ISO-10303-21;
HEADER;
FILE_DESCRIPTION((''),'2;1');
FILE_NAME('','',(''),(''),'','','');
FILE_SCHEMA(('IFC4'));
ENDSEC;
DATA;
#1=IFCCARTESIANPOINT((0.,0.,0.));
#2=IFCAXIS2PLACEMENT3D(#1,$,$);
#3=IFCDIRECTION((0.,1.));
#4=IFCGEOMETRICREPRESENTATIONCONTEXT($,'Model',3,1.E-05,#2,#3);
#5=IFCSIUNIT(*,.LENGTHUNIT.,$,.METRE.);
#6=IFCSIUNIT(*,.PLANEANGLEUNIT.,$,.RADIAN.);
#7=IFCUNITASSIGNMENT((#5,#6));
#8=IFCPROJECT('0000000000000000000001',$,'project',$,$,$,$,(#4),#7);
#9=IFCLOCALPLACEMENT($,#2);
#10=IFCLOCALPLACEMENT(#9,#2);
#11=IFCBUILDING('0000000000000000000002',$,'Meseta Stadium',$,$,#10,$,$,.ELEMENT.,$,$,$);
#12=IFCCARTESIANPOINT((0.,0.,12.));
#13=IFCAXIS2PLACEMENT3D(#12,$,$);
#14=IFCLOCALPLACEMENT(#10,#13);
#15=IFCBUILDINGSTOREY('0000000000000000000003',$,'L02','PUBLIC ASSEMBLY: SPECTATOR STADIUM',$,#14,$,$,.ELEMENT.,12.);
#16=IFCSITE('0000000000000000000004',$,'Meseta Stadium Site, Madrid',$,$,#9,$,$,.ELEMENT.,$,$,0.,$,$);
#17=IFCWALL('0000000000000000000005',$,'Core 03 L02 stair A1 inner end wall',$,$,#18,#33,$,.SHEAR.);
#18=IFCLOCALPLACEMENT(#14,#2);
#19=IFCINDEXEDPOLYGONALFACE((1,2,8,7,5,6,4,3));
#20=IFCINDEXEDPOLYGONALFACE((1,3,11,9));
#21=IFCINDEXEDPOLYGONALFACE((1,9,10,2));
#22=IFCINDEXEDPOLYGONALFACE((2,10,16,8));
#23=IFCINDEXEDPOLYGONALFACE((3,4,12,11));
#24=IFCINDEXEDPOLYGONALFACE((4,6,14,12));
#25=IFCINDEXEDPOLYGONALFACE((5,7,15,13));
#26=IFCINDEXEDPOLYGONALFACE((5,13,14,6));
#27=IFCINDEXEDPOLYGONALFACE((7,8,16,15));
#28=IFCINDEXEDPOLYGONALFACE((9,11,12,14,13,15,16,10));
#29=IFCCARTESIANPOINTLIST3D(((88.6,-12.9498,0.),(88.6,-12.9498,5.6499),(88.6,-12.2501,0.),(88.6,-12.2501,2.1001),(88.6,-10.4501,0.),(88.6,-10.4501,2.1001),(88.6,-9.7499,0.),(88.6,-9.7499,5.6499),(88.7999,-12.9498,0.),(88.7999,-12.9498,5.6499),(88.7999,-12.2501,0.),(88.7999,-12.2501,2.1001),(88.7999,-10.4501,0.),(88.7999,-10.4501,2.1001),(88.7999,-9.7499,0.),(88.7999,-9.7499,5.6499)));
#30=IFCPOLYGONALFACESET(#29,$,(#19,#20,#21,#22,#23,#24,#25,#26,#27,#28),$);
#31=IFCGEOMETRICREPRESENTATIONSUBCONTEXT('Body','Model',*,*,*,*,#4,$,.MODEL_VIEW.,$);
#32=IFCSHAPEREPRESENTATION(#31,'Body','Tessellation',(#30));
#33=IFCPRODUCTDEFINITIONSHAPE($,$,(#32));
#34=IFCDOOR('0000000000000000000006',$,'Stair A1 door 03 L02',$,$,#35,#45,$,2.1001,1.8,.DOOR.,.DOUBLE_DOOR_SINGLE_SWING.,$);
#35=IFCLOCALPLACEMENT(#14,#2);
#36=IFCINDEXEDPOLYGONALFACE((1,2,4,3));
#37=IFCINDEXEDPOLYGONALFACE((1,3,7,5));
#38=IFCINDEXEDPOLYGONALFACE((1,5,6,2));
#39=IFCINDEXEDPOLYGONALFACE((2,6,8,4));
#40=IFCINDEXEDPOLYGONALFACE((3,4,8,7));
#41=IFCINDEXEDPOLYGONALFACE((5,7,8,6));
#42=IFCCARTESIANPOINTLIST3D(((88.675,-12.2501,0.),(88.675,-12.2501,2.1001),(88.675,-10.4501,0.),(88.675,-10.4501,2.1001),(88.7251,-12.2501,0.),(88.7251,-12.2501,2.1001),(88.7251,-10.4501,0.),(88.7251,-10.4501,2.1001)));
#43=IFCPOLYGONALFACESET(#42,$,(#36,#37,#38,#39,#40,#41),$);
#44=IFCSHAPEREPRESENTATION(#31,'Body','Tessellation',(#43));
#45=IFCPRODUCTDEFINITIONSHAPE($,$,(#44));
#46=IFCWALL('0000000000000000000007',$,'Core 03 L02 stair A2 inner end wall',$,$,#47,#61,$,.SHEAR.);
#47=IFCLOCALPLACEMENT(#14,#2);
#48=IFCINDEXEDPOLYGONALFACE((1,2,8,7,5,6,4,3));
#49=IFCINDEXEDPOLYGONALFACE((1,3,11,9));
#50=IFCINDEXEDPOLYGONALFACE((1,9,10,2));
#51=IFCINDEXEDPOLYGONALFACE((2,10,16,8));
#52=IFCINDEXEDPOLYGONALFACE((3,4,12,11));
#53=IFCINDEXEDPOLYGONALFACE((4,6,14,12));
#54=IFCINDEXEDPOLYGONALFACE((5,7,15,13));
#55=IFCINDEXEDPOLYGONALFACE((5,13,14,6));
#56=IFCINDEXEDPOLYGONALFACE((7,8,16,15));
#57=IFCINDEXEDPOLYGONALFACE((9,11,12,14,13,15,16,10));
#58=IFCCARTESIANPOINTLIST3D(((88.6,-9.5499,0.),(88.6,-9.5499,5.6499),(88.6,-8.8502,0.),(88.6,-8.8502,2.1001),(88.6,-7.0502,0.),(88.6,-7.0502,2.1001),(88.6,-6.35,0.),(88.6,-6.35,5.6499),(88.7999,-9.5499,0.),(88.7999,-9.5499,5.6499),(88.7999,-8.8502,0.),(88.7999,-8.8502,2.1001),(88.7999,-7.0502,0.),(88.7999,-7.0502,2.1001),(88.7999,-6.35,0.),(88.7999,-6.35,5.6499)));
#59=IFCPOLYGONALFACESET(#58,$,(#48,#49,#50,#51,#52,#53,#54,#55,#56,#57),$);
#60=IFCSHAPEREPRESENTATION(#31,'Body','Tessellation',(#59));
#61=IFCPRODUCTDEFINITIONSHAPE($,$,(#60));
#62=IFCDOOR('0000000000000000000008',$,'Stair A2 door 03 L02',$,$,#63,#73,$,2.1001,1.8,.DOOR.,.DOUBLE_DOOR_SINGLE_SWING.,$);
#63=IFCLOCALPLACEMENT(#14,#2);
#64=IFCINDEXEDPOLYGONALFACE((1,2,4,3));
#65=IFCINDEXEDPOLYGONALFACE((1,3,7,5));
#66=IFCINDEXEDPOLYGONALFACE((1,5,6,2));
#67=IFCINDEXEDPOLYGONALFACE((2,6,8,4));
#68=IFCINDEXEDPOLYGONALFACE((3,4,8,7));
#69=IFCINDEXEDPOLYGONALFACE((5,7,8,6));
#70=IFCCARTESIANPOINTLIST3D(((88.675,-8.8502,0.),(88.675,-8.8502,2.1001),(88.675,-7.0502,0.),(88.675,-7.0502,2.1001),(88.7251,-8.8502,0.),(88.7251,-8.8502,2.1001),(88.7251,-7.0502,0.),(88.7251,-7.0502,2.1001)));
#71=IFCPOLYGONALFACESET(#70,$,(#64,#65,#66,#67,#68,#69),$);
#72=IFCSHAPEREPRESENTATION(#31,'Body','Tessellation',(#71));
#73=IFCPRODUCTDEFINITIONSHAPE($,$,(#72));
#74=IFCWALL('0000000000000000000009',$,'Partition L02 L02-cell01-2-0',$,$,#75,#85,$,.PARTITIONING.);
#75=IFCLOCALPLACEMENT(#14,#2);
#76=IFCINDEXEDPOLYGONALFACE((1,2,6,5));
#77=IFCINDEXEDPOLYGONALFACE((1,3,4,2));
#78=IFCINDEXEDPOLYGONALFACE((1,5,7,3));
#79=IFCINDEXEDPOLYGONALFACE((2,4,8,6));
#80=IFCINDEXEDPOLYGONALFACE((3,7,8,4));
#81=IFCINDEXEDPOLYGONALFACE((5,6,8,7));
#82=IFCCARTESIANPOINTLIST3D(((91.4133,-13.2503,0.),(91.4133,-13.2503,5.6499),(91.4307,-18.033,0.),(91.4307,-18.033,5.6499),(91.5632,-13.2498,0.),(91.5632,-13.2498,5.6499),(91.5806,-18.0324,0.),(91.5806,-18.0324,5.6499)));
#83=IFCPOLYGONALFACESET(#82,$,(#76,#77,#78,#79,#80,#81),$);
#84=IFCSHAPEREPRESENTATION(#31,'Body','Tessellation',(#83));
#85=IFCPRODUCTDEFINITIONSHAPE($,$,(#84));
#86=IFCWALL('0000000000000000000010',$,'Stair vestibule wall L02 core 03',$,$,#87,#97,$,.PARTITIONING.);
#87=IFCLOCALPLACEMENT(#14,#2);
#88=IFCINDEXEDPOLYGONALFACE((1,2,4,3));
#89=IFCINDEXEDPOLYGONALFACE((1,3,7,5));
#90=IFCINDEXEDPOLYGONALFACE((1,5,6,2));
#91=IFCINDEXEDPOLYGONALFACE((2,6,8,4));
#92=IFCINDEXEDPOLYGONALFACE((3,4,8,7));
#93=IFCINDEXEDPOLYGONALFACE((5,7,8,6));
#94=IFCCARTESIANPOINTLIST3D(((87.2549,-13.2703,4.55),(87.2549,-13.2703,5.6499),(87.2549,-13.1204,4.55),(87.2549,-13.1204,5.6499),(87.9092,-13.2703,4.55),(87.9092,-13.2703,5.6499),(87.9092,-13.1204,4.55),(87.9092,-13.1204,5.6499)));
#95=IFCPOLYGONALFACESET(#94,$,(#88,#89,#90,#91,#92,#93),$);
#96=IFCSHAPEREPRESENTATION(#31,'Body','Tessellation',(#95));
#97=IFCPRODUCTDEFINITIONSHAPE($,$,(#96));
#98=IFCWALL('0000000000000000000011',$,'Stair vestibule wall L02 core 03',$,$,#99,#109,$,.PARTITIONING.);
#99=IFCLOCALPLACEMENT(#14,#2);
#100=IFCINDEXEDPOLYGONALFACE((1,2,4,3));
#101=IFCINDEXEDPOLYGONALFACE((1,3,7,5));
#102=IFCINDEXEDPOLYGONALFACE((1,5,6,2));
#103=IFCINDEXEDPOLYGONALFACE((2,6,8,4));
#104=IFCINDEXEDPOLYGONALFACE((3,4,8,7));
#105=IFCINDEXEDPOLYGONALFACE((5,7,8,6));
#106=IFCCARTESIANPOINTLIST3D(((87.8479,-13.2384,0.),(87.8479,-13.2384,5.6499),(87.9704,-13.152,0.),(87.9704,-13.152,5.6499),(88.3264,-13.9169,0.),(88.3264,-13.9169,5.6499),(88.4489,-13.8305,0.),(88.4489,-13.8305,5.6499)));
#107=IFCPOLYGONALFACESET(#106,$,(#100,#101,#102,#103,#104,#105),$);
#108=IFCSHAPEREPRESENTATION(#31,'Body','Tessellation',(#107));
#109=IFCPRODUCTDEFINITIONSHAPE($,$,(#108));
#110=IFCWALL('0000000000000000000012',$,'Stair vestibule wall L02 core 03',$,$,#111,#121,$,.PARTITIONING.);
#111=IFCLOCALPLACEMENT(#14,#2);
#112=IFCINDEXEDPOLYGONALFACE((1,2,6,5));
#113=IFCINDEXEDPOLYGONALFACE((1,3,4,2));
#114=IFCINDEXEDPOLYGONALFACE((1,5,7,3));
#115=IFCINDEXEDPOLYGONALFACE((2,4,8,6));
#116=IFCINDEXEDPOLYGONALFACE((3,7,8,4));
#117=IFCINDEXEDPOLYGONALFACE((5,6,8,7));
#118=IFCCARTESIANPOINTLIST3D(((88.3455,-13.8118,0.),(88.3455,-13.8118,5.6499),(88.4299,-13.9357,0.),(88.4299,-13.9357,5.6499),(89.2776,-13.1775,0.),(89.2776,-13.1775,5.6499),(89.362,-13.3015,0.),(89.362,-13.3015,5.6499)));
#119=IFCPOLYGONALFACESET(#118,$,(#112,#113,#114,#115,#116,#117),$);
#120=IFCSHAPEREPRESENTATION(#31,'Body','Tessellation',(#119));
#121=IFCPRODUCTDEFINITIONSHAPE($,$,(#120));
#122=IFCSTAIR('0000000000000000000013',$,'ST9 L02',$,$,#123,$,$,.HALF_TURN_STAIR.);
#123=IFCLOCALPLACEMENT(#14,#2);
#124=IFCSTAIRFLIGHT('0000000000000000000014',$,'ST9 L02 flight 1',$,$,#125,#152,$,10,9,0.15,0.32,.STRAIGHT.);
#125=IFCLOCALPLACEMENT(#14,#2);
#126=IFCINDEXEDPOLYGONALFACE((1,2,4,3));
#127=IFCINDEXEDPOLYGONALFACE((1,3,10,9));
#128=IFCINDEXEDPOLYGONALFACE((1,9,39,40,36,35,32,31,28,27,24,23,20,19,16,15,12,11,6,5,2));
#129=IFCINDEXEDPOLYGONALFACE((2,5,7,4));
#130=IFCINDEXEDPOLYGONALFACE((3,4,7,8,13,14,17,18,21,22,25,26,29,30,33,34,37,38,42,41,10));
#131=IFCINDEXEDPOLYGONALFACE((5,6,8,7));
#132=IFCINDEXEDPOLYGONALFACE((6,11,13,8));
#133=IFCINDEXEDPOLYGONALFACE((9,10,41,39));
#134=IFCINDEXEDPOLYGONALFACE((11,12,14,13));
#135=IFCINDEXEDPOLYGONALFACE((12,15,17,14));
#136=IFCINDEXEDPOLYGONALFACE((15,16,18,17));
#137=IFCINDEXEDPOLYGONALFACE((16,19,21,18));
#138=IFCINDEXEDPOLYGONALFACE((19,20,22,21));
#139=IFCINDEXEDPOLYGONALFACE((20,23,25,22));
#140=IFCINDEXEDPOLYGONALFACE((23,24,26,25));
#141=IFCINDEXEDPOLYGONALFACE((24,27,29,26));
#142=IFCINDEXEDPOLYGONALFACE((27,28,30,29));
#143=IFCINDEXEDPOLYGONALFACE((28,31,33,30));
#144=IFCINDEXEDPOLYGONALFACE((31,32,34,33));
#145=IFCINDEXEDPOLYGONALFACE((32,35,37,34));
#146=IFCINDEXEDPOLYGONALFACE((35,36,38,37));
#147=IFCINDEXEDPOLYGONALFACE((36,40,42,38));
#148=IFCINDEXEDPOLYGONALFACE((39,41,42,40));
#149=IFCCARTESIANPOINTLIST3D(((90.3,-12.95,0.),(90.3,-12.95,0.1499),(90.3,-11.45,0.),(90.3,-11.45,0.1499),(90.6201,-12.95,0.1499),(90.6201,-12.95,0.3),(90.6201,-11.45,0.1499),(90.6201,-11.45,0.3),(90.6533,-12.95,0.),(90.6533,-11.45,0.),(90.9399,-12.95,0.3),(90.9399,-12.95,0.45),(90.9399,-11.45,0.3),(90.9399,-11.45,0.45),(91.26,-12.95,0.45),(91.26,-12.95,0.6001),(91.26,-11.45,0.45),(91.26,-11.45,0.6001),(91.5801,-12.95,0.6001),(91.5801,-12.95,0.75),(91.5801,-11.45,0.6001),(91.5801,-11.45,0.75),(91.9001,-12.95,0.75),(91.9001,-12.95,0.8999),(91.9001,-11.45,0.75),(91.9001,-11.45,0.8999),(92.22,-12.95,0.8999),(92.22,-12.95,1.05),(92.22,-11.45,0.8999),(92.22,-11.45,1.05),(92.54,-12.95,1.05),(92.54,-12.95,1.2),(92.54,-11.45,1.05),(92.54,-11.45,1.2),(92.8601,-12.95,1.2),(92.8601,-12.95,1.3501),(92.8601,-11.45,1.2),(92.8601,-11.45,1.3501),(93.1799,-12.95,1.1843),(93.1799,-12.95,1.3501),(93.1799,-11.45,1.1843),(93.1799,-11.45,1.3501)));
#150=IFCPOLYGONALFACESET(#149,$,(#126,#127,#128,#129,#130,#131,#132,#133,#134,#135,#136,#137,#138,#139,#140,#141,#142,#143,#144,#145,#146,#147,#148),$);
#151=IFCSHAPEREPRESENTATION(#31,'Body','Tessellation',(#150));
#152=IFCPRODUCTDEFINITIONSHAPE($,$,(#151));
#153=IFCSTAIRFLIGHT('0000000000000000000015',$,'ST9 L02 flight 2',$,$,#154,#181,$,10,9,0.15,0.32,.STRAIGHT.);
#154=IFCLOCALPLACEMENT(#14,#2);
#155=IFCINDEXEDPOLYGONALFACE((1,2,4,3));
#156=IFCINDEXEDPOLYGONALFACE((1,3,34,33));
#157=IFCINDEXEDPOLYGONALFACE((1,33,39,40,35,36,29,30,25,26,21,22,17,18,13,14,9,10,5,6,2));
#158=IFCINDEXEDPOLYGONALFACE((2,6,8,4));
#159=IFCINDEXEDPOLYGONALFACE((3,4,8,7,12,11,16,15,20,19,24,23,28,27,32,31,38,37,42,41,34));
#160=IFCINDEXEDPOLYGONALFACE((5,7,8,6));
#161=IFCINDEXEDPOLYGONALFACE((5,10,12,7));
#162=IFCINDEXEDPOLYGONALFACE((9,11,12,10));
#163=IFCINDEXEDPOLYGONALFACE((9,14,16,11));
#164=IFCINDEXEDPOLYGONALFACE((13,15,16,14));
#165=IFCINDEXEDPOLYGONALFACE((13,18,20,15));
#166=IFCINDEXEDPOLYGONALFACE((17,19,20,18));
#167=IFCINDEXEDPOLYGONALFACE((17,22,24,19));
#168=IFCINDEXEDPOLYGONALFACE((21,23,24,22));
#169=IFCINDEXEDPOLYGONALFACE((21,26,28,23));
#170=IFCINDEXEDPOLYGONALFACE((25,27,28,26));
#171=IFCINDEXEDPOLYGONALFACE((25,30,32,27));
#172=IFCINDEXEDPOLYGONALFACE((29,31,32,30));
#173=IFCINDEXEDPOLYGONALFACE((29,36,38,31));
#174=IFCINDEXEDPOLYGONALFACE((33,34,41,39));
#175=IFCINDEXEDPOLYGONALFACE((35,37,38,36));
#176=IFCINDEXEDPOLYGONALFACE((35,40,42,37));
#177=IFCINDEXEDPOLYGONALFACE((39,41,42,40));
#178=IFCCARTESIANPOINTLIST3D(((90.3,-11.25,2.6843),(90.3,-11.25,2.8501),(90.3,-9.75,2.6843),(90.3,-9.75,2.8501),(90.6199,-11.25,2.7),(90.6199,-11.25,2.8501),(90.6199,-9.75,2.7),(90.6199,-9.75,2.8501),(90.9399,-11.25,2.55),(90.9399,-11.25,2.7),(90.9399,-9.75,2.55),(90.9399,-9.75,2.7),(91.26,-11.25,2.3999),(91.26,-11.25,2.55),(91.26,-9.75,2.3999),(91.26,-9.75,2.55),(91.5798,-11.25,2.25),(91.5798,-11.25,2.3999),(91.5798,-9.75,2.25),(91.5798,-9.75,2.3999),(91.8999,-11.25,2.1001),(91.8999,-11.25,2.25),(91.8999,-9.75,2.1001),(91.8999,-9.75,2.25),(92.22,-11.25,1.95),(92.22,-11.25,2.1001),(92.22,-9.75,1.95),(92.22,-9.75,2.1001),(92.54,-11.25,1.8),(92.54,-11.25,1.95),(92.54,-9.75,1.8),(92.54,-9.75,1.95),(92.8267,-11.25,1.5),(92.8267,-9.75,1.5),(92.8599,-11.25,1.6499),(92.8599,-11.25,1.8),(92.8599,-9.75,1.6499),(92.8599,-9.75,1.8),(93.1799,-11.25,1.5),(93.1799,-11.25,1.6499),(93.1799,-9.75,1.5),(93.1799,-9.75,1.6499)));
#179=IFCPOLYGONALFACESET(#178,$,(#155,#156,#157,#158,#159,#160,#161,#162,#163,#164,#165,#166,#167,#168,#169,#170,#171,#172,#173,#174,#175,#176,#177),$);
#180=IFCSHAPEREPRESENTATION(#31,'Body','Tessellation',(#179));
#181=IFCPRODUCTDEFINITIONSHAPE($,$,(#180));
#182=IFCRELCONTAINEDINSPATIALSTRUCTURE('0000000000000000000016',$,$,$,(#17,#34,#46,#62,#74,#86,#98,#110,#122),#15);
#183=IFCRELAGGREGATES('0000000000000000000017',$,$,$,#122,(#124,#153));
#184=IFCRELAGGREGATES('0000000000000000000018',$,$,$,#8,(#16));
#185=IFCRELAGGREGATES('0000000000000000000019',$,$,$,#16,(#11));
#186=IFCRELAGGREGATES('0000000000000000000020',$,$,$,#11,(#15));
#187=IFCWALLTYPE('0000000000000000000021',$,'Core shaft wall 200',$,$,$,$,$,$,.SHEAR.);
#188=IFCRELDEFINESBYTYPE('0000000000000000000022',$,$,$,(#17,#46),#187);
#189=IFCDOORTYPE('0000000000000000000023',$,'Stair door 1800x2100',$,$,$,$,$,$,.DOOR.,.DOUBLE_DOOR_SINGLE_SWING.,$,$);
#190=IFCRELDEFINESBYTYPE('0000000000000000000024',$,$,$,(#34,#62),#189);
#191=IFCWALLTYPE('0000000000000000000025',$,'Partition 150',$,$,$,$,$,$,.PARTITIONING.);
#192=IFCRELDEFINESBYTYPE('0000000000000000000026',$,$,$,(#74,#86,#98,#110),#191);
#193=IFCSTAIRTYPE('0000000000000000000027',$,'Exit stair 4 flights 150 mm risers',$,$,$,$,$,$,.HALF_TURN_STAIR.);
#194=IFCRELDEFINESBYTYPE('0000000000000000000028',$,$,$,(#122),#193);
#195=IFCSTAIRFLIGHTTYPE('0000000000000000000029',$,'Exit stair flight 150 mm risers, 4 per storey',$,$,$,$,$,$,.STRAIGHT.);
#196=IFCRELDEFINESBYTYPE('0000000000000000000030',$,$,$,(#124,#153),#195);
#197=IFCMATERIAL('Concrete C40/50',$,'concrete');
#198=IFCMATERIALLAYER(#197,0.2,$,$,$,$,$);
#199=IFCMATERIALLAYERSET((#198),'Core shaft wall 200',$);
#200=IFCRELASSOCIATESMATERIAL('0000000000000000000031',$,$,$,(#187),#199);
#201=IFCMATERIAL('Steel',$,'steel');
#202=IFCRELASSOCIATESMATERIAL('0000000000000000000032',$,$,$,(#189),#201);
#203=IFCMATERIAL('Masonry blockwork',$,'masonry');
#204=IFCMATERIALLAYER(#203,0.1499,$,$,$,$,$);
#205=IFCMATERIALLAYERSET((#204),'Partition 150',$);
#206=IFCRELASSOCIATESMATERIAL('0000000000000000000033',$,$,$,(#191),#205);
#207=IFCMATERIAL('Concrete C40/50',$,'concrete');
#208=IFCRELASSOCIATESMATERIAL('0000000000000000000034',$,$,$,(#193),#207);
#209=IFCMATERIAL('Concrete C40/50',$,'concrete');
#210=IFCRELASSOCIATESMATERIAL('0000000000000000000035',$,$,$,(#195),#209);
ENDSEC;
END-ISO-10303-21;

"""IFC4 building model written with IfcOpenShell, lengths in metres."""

from ifc_helpers import new_model, si_unit, direction, frame, frame_2d, origin, place, context, subcontext, project, spatial, polyline, rectangle, outline, extrude, material, layer, layer_set, type_object, element, fill, aggregate, save


model = new_model("IFC4")

# Units and contexts
model_context = context("Model", 3, precision=1e-05, world=origin(), true_north=direction((0.0, 1.0)))
body_context = subcontext(model_context, "Body", "Model", "MODEL_VIEW")
ifc_project = project(units=[si_unit("LENGTHUNIT", "METRE"), si_unit("PLANEANGLEUNIT", "RADIAN")], contexts=[model_context])

# Site, building, storey
site_placement = place(None, origin())
site = spatial("IfcSite", under=ifc_project, at=site_placement, Name="Meseta Stadium Site, Madrid", CompositionType="ELEMENT", RefElevation=0.0)
building_placement = place(site_placement, origin())
building = spatial("IfcBuilding", under=site, at=building_placement, Name="Meseta Stadium", CompositionType="ELEMENT")
storey_placement = place(building_placement, frame((0.0, 0.0, 12.0)))
storey = spatial("IfcBuildingStorey", under=building, at=storey_placement, Name="L02", Description="PUBLIC ASSEMBLY: SPECTATOR STADIUM", CompositionType="ELEMENT", Elevation=12.0)

# Walls, openings, doors
ifc_material_1 = material(Name="Concrete C40/50", Category="concrete")
ifc_layer_1 = layer(ifc_material_1, 0.2)
ifc_layer_set_1 = layer_set([ifc_layer_1], Name="Core shaft wall 200")
wall_type_1 = type_object("IfcWallType", Name="Core shaft wall 200", PredefinedType="SHEAR", material=ifc_layer_set_1)
wall_1_placement = place(storey_placement, frame((88.7, -12.95, 0.0), z_axis=(0.0, 0.0, 1.0), x_axis=(0.0, 1.0, 0.0)))
wall_1 = element("IfcWall", 1, at=wall_1_placement, inside=storey, type_object=wall_type_1, Name="Core 03 L02 stair A1 inner end wall", PredefinedType="SHEAR", context=body_context, shape_type="SweptSolid", body=[
    extrude(rectangle(XDim=3.2, YDim=0.2, at=frame_2d((1.6001, 0.0))), origin(), (0.0, 0.0, 1.0), 5.6499),
])
opening_1_placement = place(wall_1_placement, frame((0.7, 0.0, 0.0)))
opening_1 = element("IfcOpeningElement", 2, at=opening_1_placement, cuts=wall_1, PredefinedType="OPENING", context=body_context, shape_type="SweptSolid", body=[
    extrude(rectangle(XDim=1.8, YDim=2.1001, at=frame_2d((0.8999, 1.05))), frame((0.0, 0.1099, 0.0), z_axis=(0.0, -1.0, 0.0), x_axis=(1.0, 0.0, 0.0)), (0.0, 0.0, 1.0), 0.22),
])
ifc_material_2 = material(Name="Steel", Category="steel")
door_type = type_object("IfcDoorType", Name="Stair door 1800x2100", OperationType="DOUBLE_DOOR_SINGLE_SWING", PredefinedType="DOOR", material=ifc_material_2)
door_1_placement = place(opening_1_placement, origin())
door_1 = element("IfcDoor", 3, at=door_1_placement, inside=storey, type_object=door_type, Name="Stair A1 door 03 L02", OperationType="DOUBLE_DOOR_SINGLE_SWING", OverallHeight=2.1001, OverallWidth=1.8, PredefinedType="DOOR", context=body_context, shape_type="SweptSolid", body=[
    extrude(rectangle(XDim=1.8, YDim=2.1001, at=frame_2d((0.8999, 1.05))), frame((0.0, 0.0249, 0.0), z_axis=(0.0, -1.0, 0.0), x_axis=(1.0, 0.0, 0.0)), (0.0, 0.0, 1.0), 0.05),
])
fill(opening_1, door_1)
wall_2_placement = place(storey_placement, frame((88.7, -9.55, 0.0), z_axis=(0.0, 0.0, 1.0), x_axis=(0.0, 1.0, 0.0)))
wall_2 = element("IfcWall", 4, at=wall_2_placement, inside=storey, type_object=wall_type_1, Name="Core 03 L02 stair A2 inner end wall", PredefinedType="SHEAR", context=body_context, shape_type="SweptSolid", body=[
    extrude(rectangle(XDim=3.2, YDim=0.2, at=frame_2d((1.6001, 0.0))), origin(), (0.0, 0.0, 1.0), 5.6499),
])
opening_2_placement = place(wall_2_placement, frame((0.7, 0.0, 0.0)))
opening_2 = element("IfcOpeningElement", 5, at=opening_2_placement, cuts=wall_2, PredefinedType="OPENING", context=body_context, shape_type="SweptSolid", body=[
    extrude(rectangle(XDim=1.8, YDim=2.1001, at=frame_2d((0.8999, 1.05))), frame((0.0, 0.1099, 0.0), z_axis=(0.0, -1.0, 0.0), x_axis=(1.0, 0.0, 0.0)), (0.0, 0.0, 1.0), 0.22),
])
door_2_placement = place(opening_2_placement, origin())
door_2 = element("IfcDoor", 6, at=door_2_placement, inside=storey, type_object=door_type, Name="Stair A2 door 03 L02", OperationType="DOUBLE_DOOR_SINGLE_SWING", OverallHeight=2.1001, OverallWidth=1.8, PredefinedType="DOOR", context=body_context, shape_type="SweptSolid", body=[
    extrude(rectangle(XDim=1.8, YDim=2.1001, at=frame_2d((0.8999, 1.05))), frame((0.0, 0.0249, 0.0), z_axis=(0.0, -1.0, 0.0), x_axis=(1.0, 0.0, 0.0)), (0.0, 0.0, 1.0), 0.05),
])
fill(opening_2, door_2)

# Walls
ifc_material_3 = material(Name="Masonry blockwork", Category="masonry")
ifc_layer_2 = layer(ifc_material_3, 0.1499)
ifc_layer_set_2 = layer_set([ifc_layer_2], Name="Partition 150")
wall_type_2 = type_object("IfcWallType", Name="Partition 150", PredefinedType="PARTITIONING", material=ifc_layer_set_2)
wall_3_placement = place(storey_placement, frame((91.5056, -18.0327, 0.0), z_axis=(0.0, 0.0, 1.0), x_axis=(-0.003624, 0.999993, 0.0)))
element("IfcWall", 7, at=wall_3_placement, inside=storey, type_object=wall_type_2, Name="Partition L02 L02-cell01-2-0", PredefinedType="PARTITIONING", context=body_context, shape_type="SweptSolid", body=[
    extrude(rectangle(XDim=4.7827, YDim=0.1499, at=frame_2d((2.3914, 0.0))), origin(), (0.0, 0.0, 1.0), 5.6499),
])
wall_4_placement = place(storey_placement, frame((87.2549, -13.1953, 4.55), z_axis=(0.0, 0.0, 1.0), x_axis=(1.0, 0.0, 0.0)))
element("IfcWall", 8, at=wall_4_placement, inside=storey, type_object=wall_type_2, Name="Stair vestibule wall L02 core 03", PredefinedType="PARTITIONING", context=body_context, shape_type="SweptSolid", body=[
    extrude(rectangle(XDim=0.6543, YDim=0.1499, at=frame_2d((0.3271, 0.0))), origin(), (0.0, 0.0, 1.0), 1.0999),
])
wall_5_placement = place(storey_placement, frame((87.9092, -13.1953, 0.0), z_axis=(0.0, 0.0, 1.0), x_axis=(0.57636, -0.817196, 0.0)))
element("IfcWall", 9, at=wall_5_placement, inside=storey, type_object=wall_type_2, Name="Stair vestibule wall L02 core 03", PredefinedType="PARTITIONING", context=body_context, shape_type="SweptSolid", body=[
    extrude(rectangle(XDim=0.8303, YDim=0.1499, at=frame_2d((0.415, 0.0))), origin(), (0.0, 0.0, 1.0), 5.6499),
])
wall_6_placement = place(storey_placement, frame((88.3877, -13.8738, 0.0), z_axis=(0.0, 0.0, 1.0), x_axis=(0.826749, 0.562571, 0.0)))
element("IfcWall", 10, at=wall_6_placement, inside=storey, type_object=wall_type_2, Name="Stair vestibule wall L02 core 03", PredefinedType="PARTITIONING", context=body_context, shape_type="SweptSolid", body=[
    extrude(rectangle(XDim=1.1274, YDim=0.1499, at=frame_2d((0.5637, 0.0))), origin(), (0.0, 0.0, 1.0), 5.6499),
])

# Stair, stair flights
ifc_material_4 = material(Name="Concrete C40/50", Category="concrete")
stair_type = type_object("IfcStairType", Name="Exit stair 4 flights 150 mm risers", PredefinedType="HALF_TURN_STAIR", material=ifc_material_4)
stair_1_placement = place(storey_placement, origin())
stair_1 = element("IfcStair", 11, at=stair_1_placement, inside=storey, type_object=stair_type, Name="ST9 L02", PredefinedType="HALF_TURN_STAIR")
ifc_material_5 = material(Name="Concrete C40/50", Category="concrete")
stair_flight_type = type_object("IfcStairFlightType", Name="Exit stair flight 150 mm risers, 4 per storey", PredefinedType="STRAIGHT", material=ifc_material_5)
stair_flight_1_placement = place(storey_placement, frame((90.3, -12.2, 0.0), z_axis=(0.0, 0.0, 1.0), x_axis=(1.0, 0.0, 0.0)))
stair_flight_1 = element("IfcStairFlight", 12, at=stair_flight_1_placement, type_object=stair_flight_type, Name="ST9 L02 flight 1", NumberOfRisers=10, NumberOfTreads=9, PredefinedType="STRAIGHT", RiserHeight=0.15, TreadLength=0.32, context=body_context, shape_type="SweptSolid", body=[
    extrude(outline(polyline([(0.0, 0.0), (0.0, 0.1499), (0.3201, 0.1499), (0.3201, 0.3), (0.6399, 0.3), (0.6399, 0.45), (0.96, 0.45), (0.96, 0.6001), (1.28, 0.6001), (1.28, 0.75), (1.6001, 0.75), (1.6001, 0.8999), (1.9199, 0.8999), (1.9199, 1.05), (2.24, 1.05), (2.24, 1.2), (2.5601, 1.2), (2.5601, 1.3501), (2.8799, 1.3501), (2.8799, 1.1843), (0.3533, 0.0), (0.0, 0.0)])), frame((0.0, 0.75, 0.0), z_axis=(0.0, -1.0, 0.0), x_axis=(1.0, 0.0, 0.0)), (0.0, 0.0, 1.0), 1.5),
])
stair_flight_2_placement = place(storey_placement, frame((93.1799, -10.5, 1.5), z_axis=(0.0, 0.0, 1.0), x_axis=(-1.0, 0.0, 0.0)))
stair_flight_2 = element("IfcStairFlight", 13, at=stair_flight_2_placement, type_object=stair_flight_type, Name="ST9 L02 flight 2", NumberOfRisers=10, NumberOfTreads=9, PredefinedType="STRAIGHT", RiserHeight=0.15, TreadLength=0.32, context=body_context, shape_type="SweptSolid", body=[
    extrude(outline(polyline([(0.0, 0.0), (0.0, 0.1499), (0.3201, 0.1499), (0.3201, 0.3), (0.6399, 0.3), (0.6399, 0.45), (0.96, 0.45), (0.96, 0.6001), (1.28, 0.6001), (1.28, 0.75), (1.6001, 0.75), (1.6001, 0.8999), (1.9199, 0.8999), (1.9199, 1.05), (2.24, 1.05), (2.24, 1.2), (2.5601, 1.2), (2.5601, 1.3501), (2.8799, 1.3501), (2.8799, 1.1843), (0.3533, 0.0), (0.0, 0.0)])), frame((0.0, 0.75, 0.0), z_axis=(0.0, -1.0, 0.0), x_axis=(1.0, 0.0, 0.0)), (0.0, 0.0, 1.0), 1.5),
])
aggregate(stair_1, [stair_flight_1, stair_flight_2])

save(model, "model.ifc")
